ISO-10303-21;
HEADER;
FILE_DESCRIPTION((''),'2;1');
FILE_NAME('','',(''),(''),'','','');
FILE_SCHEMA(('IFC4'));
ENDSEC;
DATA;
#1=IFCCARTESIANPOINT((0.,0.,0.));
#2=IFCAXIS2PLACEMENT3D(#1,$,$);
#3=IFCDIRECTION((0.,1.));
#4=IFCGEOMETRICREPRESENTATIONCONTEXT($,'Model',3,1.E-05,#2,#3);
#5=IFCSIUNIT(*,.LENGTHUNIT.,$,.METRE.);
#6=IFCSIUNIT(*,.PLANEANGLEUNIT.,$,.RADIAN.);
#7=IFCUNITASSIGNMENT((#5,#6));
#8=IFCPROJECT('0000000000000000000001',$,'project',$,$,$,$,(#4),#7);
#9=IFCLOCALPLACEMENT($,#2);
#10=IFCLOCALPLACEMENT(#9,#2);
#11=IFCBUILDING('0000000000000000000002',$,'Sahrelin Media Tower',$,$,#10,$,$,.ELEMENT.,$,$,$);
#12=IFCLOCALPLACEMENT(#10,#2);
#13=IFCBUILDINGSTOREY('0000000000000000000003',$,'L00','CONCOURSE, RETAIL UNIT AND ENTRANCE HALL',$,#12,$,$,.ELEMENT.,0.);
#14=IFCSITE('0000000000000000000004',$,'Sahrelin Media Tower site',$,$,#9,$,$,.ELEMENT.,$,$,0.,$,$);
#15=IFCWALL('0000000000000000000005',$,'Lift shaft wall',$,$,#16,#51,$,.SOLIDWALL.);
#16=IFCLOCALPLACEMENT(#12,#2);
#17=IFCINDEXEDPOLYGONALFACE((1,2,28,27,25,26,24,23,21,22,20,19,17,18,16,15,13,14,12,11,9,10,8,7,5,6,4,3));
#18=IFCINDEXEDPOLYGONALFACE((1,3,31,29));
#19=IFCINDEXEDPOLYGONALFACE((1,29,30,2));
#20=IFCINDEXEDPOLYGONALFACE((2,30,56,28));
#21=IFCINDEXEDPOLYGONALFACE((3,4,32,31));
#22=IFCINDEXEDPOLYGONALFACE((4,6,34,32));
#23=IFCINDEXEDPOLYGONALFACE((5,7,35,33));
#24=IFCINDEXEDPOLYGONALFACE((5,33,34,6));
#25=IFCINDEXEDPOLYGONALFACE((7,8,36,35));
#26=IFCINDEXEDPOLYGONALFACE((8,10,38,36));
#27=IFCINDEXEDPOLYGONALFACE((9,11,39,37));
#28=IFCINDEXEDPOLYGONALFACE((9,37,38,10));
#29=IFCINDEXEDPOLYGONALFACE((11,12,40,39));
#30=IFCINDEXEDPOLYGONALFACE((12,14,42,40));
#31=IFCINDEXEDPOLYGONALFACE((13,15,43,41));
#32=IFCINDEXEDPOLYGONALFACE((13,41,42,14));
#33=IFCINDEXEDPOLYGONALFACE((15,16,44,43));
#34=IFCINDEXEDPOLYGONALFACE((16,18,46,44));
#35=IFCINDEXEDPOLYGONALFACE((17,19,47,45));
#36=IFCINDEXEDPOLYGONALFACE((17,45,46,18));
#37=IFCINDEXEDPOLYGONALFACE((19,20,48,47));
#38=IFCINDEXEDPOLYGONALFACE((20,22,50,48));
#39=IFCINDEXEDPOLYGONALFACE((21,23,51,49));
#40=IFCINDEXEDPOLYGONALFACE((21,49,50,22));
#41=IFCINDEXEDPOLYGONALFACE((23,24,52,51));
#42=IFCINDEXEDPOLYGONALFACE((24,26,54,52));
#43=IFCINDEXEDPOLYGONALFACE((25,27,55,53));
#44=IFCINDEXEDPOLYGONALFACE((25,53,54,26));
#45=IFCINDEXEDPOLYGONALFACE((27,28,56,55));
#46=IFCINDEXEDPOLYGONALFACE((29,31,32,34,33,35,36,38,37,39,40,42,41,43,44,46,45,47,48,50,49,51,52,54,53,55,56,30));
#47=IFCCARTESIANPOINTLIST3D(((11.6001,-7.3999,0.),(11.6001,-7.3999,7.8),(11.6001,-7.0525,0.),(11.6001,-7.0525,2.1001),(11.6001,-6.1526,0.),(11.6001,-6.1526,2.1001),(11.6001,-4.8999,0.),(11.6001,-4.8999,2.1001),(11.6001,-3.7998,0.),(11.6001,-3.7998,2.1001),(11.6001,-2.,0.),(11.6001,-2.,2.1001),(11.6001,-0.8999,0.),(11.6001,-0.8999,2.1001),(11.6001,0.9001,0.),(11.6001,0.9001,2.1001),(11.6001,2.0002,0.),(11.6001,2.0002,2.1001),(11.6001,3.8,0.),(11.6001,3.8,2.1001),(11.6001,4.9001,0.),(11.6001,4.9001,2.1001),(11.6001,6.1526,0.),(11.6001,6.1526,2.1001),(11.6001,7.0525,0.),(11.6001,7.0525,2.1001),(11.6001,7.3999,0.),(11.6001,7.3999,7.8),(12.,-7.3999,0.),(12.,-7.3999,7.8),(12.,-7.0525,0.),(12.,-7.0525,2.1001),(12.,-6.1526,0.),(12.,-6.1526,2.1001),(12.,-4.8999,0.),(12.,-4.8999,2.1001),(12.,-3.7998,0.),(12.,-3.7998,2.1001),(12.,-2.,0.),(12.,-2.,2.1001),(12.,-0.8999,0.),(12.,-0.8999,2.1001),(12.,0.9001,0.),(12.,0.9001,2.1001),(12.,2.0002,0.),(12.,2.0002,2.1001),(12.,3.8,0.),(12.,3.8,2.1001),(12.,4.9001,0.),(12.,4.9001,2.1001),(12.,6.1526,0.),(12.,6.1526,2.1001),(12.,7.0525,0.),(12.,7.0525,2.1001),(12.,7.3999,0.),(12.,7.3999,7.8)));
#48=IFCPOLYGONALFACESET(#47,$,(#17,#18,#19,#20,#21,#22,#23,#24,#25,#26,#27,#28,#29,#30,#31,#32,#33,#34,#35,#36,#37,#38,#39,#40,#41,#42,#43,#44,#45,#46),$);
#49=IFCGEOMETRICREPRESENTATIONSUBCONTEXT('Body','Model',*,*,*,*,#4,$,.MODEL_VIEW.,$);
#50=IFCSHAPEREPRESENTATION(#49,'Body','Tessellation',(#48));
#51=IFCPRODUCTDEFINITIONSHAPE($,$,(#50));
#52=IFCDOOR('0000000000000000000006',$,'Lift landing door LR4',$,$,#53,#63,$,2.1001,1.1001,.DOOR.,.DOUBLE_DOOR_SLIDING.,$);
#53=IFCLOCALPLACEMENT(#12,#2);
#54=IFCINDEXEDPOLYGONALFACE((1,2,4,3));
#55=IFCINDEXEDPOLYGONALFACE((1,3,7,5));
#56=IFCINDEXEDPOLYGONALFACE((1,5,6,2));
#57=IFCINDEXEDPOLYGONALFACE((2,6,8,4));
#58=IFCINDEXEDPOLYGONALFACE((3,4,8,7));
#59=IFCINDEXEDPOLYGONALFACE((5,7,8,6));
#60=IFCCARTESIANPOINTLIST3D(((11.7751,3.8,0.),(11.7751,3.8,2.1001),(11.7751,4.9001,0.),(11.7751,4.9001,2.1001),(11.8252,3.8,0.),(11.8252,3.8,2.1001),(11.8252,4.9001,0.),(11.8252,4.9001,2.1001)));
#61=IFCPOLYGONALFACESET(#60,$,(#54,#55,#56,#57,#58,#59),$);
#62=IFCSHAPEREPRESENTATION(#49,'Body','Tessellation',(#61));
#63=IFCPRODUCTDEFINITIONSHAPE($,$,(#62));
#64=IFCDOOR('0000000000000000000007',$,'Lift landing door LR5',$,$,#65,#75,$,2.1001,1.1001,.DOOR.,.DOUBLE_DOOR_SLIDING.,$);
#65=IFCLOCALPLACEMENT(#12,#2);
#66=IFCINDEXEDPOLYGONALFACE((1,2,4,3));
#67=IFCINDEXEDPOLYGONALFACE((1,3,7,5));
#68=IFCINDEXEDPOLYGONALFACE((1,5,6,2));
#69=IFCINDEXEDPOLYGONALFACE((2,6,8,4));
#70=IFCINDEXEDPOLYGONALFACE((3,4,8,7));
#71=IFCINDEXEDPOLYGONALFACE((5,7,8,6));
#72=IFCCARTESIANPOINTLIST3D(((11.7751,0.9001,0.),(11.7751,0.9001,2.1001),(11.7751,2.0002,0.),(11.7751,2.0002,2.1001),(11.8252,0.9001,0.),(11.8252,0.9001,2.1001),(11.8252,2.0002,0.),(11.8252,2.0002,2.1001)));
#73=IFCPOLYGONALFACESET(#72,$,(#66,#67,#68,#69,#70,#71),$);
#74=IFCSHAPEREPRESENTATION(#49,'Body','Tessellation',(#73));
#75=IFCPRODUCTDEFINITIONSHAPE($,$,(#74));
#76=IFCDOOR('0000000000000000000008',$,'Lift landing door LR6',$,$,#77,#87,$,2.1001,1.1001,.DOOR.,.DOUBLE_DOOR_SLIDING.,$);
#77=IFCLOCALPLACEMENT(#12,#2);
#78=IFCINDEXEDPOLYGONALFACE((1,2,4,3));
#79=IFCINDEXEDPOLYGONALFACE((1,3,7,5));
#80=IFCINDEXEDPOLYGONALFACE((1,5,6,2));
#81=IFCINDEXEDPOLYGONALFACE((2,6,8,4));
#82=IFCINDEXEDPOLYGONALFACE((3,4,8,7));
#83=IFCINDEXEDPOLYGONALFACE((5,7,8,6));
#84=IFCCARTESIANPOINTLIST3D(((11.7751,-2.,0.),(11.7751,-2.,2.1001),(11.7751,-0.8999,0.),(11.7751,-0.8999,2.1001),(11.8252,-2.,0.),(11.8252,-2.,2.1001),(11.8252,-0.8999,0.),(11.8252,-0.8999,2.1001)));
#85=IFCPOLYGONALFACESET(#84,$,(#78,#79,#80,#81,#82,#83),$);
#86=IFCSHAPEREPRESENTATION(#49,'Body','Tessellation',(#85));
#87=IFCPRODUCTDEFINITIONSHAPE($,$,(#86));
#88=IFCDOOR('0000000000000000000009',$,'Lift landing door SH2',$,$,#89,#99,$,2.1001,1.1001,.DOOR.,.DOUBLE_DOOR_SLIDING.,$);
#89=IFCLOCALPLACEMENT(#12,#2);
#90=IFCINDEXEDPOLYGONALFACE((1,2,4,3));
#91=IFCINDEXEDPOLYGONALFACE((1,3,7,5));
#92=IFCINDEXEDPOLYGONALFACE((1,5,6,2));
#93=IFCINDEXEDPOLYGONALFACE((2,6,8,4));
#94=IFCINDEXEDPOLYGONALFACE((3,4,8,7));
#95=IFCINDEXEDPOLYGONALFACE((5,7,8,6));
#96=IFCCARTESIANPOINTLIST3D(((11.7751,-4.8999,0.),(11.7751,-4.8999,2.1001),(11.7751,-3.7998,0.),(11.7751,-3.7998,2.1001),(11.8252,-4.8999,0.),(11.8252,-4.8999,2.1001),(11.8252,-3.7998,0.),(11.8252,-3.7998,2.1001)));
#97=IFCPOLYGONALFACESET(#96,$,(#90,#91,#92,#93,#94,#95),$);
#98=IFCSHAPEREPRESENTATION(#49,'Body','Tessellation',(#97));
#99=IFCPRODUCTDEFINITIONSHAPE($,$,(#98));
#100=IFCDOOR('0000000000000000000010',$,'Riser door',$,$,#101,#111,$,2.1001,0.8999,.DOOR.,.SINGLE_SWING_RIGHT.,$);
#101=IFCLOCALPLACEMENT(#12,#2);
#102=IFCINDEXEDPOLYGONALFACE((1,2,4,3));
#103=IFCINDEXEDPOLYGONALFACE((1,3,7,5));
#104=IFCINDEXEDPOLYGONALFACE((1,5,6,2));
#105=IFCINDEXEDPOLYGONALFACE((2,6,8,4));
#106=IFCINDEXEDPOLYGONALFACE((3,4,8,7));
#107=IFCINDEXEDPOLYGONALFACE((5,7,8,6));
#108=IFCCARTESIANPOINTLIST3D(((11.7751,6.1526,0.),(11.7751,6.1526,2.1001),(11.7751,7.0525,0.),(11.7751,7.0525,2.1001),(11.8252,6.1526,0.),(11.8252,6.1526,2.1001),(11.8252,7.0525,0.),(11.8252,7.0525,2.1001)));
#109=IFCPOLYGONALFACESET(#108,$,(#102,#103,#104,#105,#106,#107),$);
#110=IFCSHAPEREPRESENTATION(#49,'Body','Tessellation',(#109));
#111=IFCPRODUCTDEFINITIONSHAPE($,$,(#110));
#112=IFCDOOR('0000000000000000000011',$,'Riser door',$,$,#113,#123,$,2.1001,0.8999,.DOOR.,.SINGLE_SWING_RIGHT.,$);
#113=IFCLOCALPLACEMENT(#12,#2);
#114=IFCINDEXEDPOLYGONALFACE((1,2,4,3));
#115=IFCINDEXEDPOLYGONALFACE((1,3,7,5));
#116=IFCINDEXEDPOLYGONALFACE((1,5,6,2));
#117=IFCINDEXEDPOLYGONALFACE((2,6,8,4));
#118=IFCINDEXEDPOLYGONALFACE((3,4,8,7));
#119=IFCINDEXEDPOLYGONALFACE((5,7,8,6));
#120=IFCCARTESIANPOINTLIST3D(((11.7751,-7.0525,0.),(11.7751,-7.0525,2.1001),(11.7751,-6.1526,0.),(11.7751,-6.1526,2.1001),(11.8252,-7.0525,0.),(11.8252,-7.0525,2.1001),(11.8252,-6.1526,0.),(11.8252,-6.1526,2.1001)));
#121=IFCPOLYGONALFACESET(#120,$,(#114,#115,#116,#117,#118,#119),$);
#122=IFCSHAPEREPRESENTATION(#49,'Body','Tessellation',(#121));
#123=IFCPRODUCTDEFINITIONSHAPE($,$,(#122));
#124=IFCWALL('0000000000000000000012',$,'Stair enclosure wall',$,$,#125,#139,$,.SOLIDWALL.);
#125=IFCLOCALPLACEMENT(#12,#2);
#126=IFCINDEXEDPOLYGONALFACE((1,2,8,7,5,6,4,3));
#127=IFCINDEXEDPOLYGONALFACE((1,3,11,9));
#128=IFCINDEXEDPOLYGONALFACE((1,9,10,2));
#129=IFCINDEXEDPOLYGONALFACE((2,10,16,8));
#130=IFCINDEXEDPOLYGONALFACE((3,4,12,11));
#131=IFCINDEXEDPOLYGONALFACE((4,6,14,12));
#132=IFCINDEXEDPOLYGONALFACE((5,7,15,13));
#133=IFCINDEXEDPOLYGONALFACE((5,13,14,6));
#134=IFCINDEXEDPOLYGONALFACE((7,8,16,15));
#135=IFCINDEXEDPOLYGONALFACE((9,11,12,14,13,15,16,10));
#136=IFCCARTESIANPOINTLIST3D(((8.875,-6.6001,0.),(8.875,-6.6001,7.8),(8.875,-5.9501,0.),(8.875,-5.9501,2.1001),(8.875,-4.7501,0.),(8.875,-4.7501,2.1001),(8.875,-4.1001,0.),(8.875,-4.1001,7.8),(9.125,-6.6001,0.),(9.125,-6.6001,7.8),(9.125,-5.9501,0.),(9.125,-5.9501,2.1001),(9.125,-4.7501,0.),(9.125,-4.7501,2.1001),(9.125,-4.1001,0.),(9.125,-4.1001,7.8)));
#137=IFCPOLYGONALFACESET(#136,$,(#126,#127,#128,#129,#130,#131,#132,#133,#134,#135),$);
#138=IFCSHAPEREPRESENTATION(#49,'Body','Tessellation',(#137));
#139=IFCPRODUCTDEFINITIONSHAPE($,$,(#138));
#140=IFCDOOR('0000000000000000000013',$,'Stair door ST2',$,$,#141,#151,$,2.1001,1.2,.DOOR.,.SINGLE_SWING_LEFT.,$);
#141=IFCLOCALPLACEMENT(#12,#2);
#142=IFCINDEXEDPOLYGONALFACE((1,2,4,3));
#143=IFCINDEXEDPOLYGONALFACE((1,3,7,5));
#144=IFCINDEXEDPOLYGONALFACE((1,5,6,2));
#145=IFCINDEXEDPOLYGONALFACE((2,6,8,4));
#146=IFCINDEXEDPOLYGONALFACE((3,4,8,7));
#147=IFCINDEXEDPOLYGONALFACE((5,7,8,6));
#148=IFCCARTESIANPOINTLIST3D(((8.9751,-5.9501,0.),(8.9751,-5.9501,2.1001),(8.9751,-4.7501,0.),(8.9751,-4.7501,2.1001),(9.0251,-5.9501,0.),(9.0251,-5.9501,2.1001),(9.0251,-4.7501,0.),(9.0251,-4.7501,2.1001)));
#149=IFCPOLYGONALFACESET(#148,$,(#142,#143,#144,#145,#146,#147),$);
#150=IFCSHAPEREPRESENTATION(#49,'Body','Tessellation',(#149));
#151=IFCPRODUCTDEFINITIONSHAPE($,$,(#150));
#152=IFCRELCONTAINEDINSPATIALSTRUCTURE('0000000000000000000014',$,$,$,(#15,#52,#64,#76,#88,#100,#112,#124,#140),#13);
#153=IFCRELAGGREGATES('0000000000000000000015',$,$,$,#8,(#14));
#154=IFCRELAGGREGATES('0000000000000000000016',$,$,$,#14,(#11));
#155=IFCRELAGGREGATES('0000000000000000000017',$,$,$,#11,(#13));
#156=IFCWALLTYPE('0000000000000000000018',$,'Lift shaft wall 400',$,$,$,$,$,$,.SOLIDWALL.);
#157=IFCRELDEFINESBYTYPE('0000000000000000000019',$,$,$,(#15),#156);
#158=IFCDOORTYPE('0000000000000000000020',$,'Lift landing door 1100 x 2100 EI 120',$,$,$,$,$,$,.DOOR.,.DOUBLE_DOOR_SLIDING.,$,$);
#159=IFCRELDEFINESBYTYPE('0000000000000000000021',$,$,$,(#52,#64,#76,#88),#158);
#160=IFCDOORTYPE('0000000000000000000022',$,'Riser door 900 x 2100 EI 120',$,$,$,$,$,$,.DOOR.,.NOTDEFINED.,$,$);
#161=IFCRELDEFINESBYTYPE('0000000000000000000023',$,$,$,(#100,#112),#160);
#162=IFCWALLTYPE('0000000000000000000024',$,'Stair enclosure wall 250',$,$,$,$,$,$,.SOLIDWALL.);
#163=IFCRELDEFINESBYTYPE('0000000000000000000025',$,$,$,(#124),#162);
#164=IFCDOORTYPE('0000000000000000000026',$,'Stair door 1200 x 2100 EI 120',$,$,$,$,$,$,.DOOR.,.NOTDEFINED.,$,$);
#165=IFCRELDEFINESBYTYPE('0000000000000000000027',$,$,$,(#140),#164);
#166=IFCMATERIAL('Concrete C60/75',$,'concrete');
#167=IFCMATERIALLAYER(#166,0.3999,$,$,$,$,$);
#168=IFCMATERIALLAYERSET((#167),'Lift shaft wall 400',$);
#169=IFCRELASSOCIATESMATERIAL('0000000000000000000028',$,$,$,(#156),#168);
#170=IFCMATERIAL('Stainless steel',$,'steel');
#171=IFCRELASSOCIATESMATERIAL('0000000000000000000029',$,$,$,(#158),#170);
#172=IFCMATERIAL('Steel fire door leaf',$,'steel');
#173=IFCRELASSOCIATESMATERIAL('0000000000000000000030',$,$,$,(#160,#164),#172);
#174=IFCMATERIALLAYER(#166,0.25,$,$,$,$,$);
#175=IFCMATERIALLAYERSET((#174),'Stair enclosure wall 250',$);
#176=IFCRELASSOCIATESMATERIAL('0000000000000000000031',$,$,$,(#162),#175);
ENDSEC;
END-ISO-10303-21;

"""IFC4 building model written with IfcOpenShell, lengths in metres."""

from ifc_helpers import new_model, si_unit, direction, frame, frame_2d, origin, place, context, subcontext, project, spatial, rectangle, extrude, material, layer, layer_set, type_object, element, fill, save


model = new_model("IFC4")

# Units and contexts
model_context = context("Model", 3, precision=1e-05, world=origin(), true_north=direction((0.0, 1.0)))
body_context = subcontext(model_context, "Body", "Model", "MODEL_VIEW")
ifc_project = project(units=[si_unit("LENGTHUNIT", "METRE"), si_unit("PLANEANGLEUNIT", "RADIAN")], contexts=[model_context])

# Site, building, storey
site_placement = place(None, origin())
site = spatial("IfcSite", under=ifc_project, at=site_placement, Name="Sahrelin Media Tower site", CompositionType="ELEMENT", RefElevation=0.0)
building_placement = place(site_placement, origin())
building = spatial("IfcBuilding", under=site, at=building_placement, Name="Sahrelin Media Tower", CompositionType="ELEMENT")
storey_placement = place(building_placement, origin())
storey = spatial("IfcBuildingStorey", under=building, at=storey_placement, Name="L00", Description="CONCOURSE, RETAIL UNIT AND ENTRANCE HALL", CompositionType="ELEMENT", Elevation=0.0)

# Shared definitions
ifc_material_1 = material(Name="Concrete C60/75", Category="concrete")

# Wall, openings, doors
ifc_layer_1 = layer(ifc_material_1, 0.3999)
ifc_layer_set_1 = layer_set([ifc_layer_1], Name="Lift shaft wall 400")
wall_type_1 = type_object("IfcWallType", Name="Lift shaft wall 400", PredefinedType="SOLIDWALL", material=ifc_layer_set_1)
wall_1_placement = place(storey_placement, frame((11.8, -7.3999, 0.0), z_axis=(0.0, 0.0, 1.0), x_axis=(0.0, 1.0, 0.0)))
wall_1 = element("IfcWall", 1, at=wall_1_placement, inside=storey, type_object=wall_type_1, Name="Lift shaft wall", PredefinedType="SOLIDWALL", context=body_context, shape_type="SweptSolid", body=[
    extrude(rectangle(XDim=14.7998, YDim=0.3999, at=frame_2d((7.3999, 0.0))), origin(), (0.0, 0.0, 1.0), 7.8),
])
opening_1_placement = place(wall_1_placement, frame((11.2, 0.0, 0.0)))
opening_1 = element("IfcOpeningElement", 2, at=opening_1_placement, cuts=wall_1, PredefinedType="OPENING", context=body_context, shape_type="SweptSolid", body=[
    extrude(rectangle(XDim=1.1001, YDim=2.1001, at=frame_2d((0.55, 1.05))), frame((0.0, 0.2, 0.0), z_axis=(0.0, -1.0, 0.0), x_axis=(1.0, 0.0, 0.0)), (0.0, 0.0, 1.0), 0.3999),
])
opening_2_placement = place(wall_1_placement, frame((8.3, 0.0, 0.0)))
opening_2 = element("IfcOpeningElement", 3, at=opening_2_placement, cuts=wall_1, PredefinedType="OPENING", context=body_context, shape_type="SweptSolid", body=[
    extrude(rectangle(XDim=1.1001, YDim=2.1001, at=frame_2d((0.55, 1.05))), frame((0.0, 0.2, 0.0), z_axis=(0.0, -1.0, 0.0), x_axis=(1.0, 0.0, 0.0)), (0.0, 0.0, 1.0), 0.3999),
])
opening_3_placement = place(wall_1_placement, frame((5.3999, 0.0, 0.0)))
opening_3 = element("IfcOpeningElement", 4, at=opening_3_placement, cuts=wall_1, PredefinedType="OPENING", context=body_context, shape_type="SweptSolid", body=[
    extrude(rectangle(XDim=1.1001, YDim=2.1001, at=frame_2d((0.55, 1.05))), frame((0.0, 0.2, 0.0), z_axis=(0.0, -1.0, 0.0), x_axis=(1.0, 0.0, 0.0)), (0.0, 0.0, 1.0), 0.3999),
])
opening_4_placement = place(wall_1_placement, frame((2.5, 0.0, 0.0)))
opening_4 = element("IfcOpeningElement", 5, at=opening_4_placement, cuts=wall_1, PredefinedType="OPENING", context=body_context, shape_type="SweptSolid", body=[
    extrude(rectangle(XDim=1.1001, YDim=2.1001, at=frame_2d((0.55, 1.05))), frame((0.0, 0.2, 0.0), z_axis=(0.0, -1.0, 0.0), x_axis=(1.0, 0.0, 0.0)), (0.0, 0.0, 1.0), 0.3999),
])
opening_5_placement = place(wall_1_placement, frame((13.5525, 0.0, 0.0)))
opening_5 = element("IfcOpeningElement", 6, at=opening_5_placement, cuts=wall_1, PredefinedType="OPENING", context=body_context, shape_type="SweptSolid", body=[
    extrude(rectangle(XDim=0.8999, YDim=2.1001, at=frame_2d((0.45, 1.05))), frame((0.0, 0.2, 0.0), z_axis=(0.0, -1.0, 0.0), x_axis=(1.0, 0.0, 0.0)), (0.0, 0.0, 1.0), 0.3999),
])
opening_6_placement = place(wall_1_placement, frame((0.3474, 0.0, 0.0)))
opening_6 = element("IfcOpeningElement", 7, at=opening_6_placement, cuts=wall_1, PredefinedType="OPENING", context=body_context, shape_type="SweptSolid", body=[
    extrude(rectangle(XDim=0.8999, YDim=2.1001, at=frame_2d((0.45, 1.05))), frame((0.0, 0.2, 0.0), z_axis=(0.0, -1.0, 0.0), x_axis=(1.0, 0.0, 0.0)), (0.0, 0.0, 1.0), 0.3999),
])
ifc_material_2 = material(Name="Stainless steel", Category="steel")
door_type_1 = type_object("IfcDoorType", Name="Lift landing door 1100 x 2100 EI 120", OperationType="DOUBLE_DOOR_SLIDING", PredefinedType="DOOR", material=ifc_material_2)
door_1_placement = place(opening_1_placement, origin())
door_1 = element("IfcDoor", 8, at=door_1_placement, inside=storey, type_object=door_type_1, Name="Lift landing door LR4", OperationType="DOUBLE_DOOR_SLIDING", OverallHeight=2.1001, OverallWidth=1.1001, PredefinedType="DOOR", context=body_context, shape_type="SweptSolid", body=[
    extrude(rectangle(XDim=1.1001, YDim=2.1001, at=frame_2d((0.55, 1.05))), frame((0.0, 0.0249, 0.0), z_axis=(0.0, -1.0, 0.0), x_axis=(1.0, 0.0, 0.0)), (0.0, 0.0, 1.0), 0.05),
])
fill(opening_1, door_1)
door_2_placement = place(opening_2_placement, origin())
door_2 = element("IfcDoor", 9, at=door_2_placement, inside=storey, type_object=door_type_1, Name="Lift landing door LR5", OperationType="DOUBLE_DOOR_SLIDING", OverallHeight=2.1001, OverallWidth=1.1001, PredefinedType="DOOR", context=body_context, shape_type="SweptSolid", body=[
    extrude(rectangle(XDim=1.1001, YDim=2.1001, at=frame_2d((0.55, 1.05))), frame((0.0, 0.0249, 0.0), z_axis=(0.0, -1.0, 0.0), x_axis=(1.0, 0.0, 0.0)), (0.0, 0.0, 1.0), 0.05),
])
fill(opening_2, door_2)
door_3_placement = place(opening_3_placement, origin())
door_3 = element("IfcDoor", 10, at=door_3_placement, inside=storey, type_object=door_type_1, Name="Lift landing door LR6", OperationType="DOUBLE_DOOR_SLIDING", OverallHeight=2.1001, OverallWidth=1.1001, PredefinedType="DOOR", context=body_context, shape_type="SweptSolid", body=[
    extrude(rectangle(XDim=1.1001, YDim=2.1001, at=frame_2d((0.55, 1.05))), frame((0.0, 0.0249, 0.0), z_axis=(0.0, -1.0, 0.0), x_axis=(1.0, 0.0, 0.0)), (0.0, 0.0, 1.0), 0.05),
])
fill(opening_3, door_3)
door_4_placement = place(opening_4_placement, origin())
door_4 = element("IfcDoor", 11, at=door_4_placement, inside=storey, type_object=door_type_1, Name="Lift landing door SH2", OperationType="DOUBLE_DOOR_SLIDING", OverallHeight=2.1001, OverallWidth=1.1001, PredefinedType="DOOR", context=body_context, shape_type="SweptSolid", body=[
    extrude(rectangle(XDim=1.1001, YDim=2.1001, at=frame_2d((0.55, 1.05))), frame((0.0, 0.0249, 0.0), z_axis=(0.0, -1.0, 0.0), x_axis=(1.0, 0.0, 0.0)), (0.0, 0.0, 1.0), 0.05),
])
fill(opening_4, door_4)
ifc_material_3 = material(Name="Steel fire door leaf", Category="steel")
door_type_2 = type_object("IfcDoorType", Name="Riser door 900 x 2100 EI 120", OperationType="NOTDEFINED", PredefinedType="DOOR", material=ifc_material_3)
door_5_placement = place(opening_5_placement, origin())
door_5 = element("IfcDoor", 12, at=door_5_placement, inside=storey, type_object=door_type_2, Name="Riser door", OperationType="SINGLE_SWING_RIGHT", OverallHeight=2.1001, OverallWidth=0.8999, PredefinedType="DOOR", context=body_context, shape_type="SweptSolid", body=[
    extrude(rectangle(XDim=0.8999, YDim=2.1001, at=frame_2d((0.45, 1.05))), frame((0.0, 0.0249, 0.0), z_axis=(0.0, -1.0, 0.0), x_axis=(1.0, 0.0, 0.0)), (0.0, 0.0, 1.0), 0.05),
])
fill(opening_5, door_5)
door_6_placement = place(opening_6_placement, origin())
door_6 = element("IfcDoor", 13, at=door_6_placement, inside=storey, type_object=door_type_2, Name="Riser door", OperationType="SINGLE_SWING_RIGHT", OverallHeight=2.1001, OverallWidth=0.8999, PredefinedType="DOOR", context=body_context, shape_type="SweptSolid", body=[
    extrude(rectangle(XDim=0.8999, YDim=2.1001, at=frame_2d((0.45, 1.05))), frame((0.0, 0.0249, 0.0), z_axis=(0.0, -1.0, 0.0), x_axis=(1.0, 0.0, 0.0)), (0.0, 0.0, 1.0), 0.05),
])
fill(opening_6, door_6)

# Wall, opening, door
ifc_layer_2 = layer(ifc_material_1, 0.25)
ifc_layer_set_2 = layer_set([ifc_layer_2], Name="Stair enclosure wall 250")
wall_type_2 = type_object("IfcWallType", Name="Stair enclosure wall 250", PredefinedType="SOLIDWALL", material=ifc_layer_set_2)
wall_2_placement = place(storey_placement, frame((9.0, -6.6001, 0.0), z_axis=(0.0, 0.0, 1.0), x_axis=(0.0, 1.0, 0.0)))
wall_2 = element("IfcWall", 14, at=wall_2_placement, inside=storey, type_object=wall_type_2, Name="Stair enclosure wall", PredefinedType="SOLIDWALL", context=body_context, shape_type="SweptSolid", body=[
    extrude(rectangle(XDim=2.5, YDim=0.25, at=frame_2d((1.25, 0.0))), origin(), (0.0, 0.0, 1.0), 7.8),
])
opening_7_placement = place(wall_2_placement, frame((0.6499, 0.0, 0.0)))
opening_7 = element("IfcOpeningElement", 15, at=opening_7_placement, cuts=wall_2, PredefinedType="OPENING", context=body_context, shape_type="SweptSolid", body=[
    extrude(rectangle(XDim=1.2, YDim=2.1001, at=frame_2d((0.6001, 1.05))), frame((0.0, 0.125, 0.0), z_axis=(0.0, -1.0, 0.0), x_axis=(1.0, 0.0, 0.0)), (0.0, 0.0, 1.0), 0.25),
])
door_type_3 = type_object("IfcDoorType", Name="Stair door 1200 x 2100 EI 120", OperationType="NOTDEFINED", PredefinedType="DOOR", material=ifc_material_3)
door_7_placement = place(opening_7_placement, origin())
door_7 = element("IfcDoor", 16, at=door_7_placement, inside=storey, type_object=door_type_3, Name="Stair door ST2", OperationType="SINGLE_SWING_LEFT", OverallHeight=2.1001, OverallWidth=1.2, PredefinedType="DOOR", context=body_context, shape_type="SweptSolid", body=[
    extrude(rectangle(XDim=1.2, YDim=2.1001, at=frame_2d((0.6001, 1.05))), frame((0.0, 0.0249, 0.0), z_axis=(0.0, -1.0, 0.0), x_axis=(1.0, 0.0, 0.0)), (0.0, 0.0, 1.0), 0.05),
])
fill(opening_7, door_7)

save(model, "model.ifc")
